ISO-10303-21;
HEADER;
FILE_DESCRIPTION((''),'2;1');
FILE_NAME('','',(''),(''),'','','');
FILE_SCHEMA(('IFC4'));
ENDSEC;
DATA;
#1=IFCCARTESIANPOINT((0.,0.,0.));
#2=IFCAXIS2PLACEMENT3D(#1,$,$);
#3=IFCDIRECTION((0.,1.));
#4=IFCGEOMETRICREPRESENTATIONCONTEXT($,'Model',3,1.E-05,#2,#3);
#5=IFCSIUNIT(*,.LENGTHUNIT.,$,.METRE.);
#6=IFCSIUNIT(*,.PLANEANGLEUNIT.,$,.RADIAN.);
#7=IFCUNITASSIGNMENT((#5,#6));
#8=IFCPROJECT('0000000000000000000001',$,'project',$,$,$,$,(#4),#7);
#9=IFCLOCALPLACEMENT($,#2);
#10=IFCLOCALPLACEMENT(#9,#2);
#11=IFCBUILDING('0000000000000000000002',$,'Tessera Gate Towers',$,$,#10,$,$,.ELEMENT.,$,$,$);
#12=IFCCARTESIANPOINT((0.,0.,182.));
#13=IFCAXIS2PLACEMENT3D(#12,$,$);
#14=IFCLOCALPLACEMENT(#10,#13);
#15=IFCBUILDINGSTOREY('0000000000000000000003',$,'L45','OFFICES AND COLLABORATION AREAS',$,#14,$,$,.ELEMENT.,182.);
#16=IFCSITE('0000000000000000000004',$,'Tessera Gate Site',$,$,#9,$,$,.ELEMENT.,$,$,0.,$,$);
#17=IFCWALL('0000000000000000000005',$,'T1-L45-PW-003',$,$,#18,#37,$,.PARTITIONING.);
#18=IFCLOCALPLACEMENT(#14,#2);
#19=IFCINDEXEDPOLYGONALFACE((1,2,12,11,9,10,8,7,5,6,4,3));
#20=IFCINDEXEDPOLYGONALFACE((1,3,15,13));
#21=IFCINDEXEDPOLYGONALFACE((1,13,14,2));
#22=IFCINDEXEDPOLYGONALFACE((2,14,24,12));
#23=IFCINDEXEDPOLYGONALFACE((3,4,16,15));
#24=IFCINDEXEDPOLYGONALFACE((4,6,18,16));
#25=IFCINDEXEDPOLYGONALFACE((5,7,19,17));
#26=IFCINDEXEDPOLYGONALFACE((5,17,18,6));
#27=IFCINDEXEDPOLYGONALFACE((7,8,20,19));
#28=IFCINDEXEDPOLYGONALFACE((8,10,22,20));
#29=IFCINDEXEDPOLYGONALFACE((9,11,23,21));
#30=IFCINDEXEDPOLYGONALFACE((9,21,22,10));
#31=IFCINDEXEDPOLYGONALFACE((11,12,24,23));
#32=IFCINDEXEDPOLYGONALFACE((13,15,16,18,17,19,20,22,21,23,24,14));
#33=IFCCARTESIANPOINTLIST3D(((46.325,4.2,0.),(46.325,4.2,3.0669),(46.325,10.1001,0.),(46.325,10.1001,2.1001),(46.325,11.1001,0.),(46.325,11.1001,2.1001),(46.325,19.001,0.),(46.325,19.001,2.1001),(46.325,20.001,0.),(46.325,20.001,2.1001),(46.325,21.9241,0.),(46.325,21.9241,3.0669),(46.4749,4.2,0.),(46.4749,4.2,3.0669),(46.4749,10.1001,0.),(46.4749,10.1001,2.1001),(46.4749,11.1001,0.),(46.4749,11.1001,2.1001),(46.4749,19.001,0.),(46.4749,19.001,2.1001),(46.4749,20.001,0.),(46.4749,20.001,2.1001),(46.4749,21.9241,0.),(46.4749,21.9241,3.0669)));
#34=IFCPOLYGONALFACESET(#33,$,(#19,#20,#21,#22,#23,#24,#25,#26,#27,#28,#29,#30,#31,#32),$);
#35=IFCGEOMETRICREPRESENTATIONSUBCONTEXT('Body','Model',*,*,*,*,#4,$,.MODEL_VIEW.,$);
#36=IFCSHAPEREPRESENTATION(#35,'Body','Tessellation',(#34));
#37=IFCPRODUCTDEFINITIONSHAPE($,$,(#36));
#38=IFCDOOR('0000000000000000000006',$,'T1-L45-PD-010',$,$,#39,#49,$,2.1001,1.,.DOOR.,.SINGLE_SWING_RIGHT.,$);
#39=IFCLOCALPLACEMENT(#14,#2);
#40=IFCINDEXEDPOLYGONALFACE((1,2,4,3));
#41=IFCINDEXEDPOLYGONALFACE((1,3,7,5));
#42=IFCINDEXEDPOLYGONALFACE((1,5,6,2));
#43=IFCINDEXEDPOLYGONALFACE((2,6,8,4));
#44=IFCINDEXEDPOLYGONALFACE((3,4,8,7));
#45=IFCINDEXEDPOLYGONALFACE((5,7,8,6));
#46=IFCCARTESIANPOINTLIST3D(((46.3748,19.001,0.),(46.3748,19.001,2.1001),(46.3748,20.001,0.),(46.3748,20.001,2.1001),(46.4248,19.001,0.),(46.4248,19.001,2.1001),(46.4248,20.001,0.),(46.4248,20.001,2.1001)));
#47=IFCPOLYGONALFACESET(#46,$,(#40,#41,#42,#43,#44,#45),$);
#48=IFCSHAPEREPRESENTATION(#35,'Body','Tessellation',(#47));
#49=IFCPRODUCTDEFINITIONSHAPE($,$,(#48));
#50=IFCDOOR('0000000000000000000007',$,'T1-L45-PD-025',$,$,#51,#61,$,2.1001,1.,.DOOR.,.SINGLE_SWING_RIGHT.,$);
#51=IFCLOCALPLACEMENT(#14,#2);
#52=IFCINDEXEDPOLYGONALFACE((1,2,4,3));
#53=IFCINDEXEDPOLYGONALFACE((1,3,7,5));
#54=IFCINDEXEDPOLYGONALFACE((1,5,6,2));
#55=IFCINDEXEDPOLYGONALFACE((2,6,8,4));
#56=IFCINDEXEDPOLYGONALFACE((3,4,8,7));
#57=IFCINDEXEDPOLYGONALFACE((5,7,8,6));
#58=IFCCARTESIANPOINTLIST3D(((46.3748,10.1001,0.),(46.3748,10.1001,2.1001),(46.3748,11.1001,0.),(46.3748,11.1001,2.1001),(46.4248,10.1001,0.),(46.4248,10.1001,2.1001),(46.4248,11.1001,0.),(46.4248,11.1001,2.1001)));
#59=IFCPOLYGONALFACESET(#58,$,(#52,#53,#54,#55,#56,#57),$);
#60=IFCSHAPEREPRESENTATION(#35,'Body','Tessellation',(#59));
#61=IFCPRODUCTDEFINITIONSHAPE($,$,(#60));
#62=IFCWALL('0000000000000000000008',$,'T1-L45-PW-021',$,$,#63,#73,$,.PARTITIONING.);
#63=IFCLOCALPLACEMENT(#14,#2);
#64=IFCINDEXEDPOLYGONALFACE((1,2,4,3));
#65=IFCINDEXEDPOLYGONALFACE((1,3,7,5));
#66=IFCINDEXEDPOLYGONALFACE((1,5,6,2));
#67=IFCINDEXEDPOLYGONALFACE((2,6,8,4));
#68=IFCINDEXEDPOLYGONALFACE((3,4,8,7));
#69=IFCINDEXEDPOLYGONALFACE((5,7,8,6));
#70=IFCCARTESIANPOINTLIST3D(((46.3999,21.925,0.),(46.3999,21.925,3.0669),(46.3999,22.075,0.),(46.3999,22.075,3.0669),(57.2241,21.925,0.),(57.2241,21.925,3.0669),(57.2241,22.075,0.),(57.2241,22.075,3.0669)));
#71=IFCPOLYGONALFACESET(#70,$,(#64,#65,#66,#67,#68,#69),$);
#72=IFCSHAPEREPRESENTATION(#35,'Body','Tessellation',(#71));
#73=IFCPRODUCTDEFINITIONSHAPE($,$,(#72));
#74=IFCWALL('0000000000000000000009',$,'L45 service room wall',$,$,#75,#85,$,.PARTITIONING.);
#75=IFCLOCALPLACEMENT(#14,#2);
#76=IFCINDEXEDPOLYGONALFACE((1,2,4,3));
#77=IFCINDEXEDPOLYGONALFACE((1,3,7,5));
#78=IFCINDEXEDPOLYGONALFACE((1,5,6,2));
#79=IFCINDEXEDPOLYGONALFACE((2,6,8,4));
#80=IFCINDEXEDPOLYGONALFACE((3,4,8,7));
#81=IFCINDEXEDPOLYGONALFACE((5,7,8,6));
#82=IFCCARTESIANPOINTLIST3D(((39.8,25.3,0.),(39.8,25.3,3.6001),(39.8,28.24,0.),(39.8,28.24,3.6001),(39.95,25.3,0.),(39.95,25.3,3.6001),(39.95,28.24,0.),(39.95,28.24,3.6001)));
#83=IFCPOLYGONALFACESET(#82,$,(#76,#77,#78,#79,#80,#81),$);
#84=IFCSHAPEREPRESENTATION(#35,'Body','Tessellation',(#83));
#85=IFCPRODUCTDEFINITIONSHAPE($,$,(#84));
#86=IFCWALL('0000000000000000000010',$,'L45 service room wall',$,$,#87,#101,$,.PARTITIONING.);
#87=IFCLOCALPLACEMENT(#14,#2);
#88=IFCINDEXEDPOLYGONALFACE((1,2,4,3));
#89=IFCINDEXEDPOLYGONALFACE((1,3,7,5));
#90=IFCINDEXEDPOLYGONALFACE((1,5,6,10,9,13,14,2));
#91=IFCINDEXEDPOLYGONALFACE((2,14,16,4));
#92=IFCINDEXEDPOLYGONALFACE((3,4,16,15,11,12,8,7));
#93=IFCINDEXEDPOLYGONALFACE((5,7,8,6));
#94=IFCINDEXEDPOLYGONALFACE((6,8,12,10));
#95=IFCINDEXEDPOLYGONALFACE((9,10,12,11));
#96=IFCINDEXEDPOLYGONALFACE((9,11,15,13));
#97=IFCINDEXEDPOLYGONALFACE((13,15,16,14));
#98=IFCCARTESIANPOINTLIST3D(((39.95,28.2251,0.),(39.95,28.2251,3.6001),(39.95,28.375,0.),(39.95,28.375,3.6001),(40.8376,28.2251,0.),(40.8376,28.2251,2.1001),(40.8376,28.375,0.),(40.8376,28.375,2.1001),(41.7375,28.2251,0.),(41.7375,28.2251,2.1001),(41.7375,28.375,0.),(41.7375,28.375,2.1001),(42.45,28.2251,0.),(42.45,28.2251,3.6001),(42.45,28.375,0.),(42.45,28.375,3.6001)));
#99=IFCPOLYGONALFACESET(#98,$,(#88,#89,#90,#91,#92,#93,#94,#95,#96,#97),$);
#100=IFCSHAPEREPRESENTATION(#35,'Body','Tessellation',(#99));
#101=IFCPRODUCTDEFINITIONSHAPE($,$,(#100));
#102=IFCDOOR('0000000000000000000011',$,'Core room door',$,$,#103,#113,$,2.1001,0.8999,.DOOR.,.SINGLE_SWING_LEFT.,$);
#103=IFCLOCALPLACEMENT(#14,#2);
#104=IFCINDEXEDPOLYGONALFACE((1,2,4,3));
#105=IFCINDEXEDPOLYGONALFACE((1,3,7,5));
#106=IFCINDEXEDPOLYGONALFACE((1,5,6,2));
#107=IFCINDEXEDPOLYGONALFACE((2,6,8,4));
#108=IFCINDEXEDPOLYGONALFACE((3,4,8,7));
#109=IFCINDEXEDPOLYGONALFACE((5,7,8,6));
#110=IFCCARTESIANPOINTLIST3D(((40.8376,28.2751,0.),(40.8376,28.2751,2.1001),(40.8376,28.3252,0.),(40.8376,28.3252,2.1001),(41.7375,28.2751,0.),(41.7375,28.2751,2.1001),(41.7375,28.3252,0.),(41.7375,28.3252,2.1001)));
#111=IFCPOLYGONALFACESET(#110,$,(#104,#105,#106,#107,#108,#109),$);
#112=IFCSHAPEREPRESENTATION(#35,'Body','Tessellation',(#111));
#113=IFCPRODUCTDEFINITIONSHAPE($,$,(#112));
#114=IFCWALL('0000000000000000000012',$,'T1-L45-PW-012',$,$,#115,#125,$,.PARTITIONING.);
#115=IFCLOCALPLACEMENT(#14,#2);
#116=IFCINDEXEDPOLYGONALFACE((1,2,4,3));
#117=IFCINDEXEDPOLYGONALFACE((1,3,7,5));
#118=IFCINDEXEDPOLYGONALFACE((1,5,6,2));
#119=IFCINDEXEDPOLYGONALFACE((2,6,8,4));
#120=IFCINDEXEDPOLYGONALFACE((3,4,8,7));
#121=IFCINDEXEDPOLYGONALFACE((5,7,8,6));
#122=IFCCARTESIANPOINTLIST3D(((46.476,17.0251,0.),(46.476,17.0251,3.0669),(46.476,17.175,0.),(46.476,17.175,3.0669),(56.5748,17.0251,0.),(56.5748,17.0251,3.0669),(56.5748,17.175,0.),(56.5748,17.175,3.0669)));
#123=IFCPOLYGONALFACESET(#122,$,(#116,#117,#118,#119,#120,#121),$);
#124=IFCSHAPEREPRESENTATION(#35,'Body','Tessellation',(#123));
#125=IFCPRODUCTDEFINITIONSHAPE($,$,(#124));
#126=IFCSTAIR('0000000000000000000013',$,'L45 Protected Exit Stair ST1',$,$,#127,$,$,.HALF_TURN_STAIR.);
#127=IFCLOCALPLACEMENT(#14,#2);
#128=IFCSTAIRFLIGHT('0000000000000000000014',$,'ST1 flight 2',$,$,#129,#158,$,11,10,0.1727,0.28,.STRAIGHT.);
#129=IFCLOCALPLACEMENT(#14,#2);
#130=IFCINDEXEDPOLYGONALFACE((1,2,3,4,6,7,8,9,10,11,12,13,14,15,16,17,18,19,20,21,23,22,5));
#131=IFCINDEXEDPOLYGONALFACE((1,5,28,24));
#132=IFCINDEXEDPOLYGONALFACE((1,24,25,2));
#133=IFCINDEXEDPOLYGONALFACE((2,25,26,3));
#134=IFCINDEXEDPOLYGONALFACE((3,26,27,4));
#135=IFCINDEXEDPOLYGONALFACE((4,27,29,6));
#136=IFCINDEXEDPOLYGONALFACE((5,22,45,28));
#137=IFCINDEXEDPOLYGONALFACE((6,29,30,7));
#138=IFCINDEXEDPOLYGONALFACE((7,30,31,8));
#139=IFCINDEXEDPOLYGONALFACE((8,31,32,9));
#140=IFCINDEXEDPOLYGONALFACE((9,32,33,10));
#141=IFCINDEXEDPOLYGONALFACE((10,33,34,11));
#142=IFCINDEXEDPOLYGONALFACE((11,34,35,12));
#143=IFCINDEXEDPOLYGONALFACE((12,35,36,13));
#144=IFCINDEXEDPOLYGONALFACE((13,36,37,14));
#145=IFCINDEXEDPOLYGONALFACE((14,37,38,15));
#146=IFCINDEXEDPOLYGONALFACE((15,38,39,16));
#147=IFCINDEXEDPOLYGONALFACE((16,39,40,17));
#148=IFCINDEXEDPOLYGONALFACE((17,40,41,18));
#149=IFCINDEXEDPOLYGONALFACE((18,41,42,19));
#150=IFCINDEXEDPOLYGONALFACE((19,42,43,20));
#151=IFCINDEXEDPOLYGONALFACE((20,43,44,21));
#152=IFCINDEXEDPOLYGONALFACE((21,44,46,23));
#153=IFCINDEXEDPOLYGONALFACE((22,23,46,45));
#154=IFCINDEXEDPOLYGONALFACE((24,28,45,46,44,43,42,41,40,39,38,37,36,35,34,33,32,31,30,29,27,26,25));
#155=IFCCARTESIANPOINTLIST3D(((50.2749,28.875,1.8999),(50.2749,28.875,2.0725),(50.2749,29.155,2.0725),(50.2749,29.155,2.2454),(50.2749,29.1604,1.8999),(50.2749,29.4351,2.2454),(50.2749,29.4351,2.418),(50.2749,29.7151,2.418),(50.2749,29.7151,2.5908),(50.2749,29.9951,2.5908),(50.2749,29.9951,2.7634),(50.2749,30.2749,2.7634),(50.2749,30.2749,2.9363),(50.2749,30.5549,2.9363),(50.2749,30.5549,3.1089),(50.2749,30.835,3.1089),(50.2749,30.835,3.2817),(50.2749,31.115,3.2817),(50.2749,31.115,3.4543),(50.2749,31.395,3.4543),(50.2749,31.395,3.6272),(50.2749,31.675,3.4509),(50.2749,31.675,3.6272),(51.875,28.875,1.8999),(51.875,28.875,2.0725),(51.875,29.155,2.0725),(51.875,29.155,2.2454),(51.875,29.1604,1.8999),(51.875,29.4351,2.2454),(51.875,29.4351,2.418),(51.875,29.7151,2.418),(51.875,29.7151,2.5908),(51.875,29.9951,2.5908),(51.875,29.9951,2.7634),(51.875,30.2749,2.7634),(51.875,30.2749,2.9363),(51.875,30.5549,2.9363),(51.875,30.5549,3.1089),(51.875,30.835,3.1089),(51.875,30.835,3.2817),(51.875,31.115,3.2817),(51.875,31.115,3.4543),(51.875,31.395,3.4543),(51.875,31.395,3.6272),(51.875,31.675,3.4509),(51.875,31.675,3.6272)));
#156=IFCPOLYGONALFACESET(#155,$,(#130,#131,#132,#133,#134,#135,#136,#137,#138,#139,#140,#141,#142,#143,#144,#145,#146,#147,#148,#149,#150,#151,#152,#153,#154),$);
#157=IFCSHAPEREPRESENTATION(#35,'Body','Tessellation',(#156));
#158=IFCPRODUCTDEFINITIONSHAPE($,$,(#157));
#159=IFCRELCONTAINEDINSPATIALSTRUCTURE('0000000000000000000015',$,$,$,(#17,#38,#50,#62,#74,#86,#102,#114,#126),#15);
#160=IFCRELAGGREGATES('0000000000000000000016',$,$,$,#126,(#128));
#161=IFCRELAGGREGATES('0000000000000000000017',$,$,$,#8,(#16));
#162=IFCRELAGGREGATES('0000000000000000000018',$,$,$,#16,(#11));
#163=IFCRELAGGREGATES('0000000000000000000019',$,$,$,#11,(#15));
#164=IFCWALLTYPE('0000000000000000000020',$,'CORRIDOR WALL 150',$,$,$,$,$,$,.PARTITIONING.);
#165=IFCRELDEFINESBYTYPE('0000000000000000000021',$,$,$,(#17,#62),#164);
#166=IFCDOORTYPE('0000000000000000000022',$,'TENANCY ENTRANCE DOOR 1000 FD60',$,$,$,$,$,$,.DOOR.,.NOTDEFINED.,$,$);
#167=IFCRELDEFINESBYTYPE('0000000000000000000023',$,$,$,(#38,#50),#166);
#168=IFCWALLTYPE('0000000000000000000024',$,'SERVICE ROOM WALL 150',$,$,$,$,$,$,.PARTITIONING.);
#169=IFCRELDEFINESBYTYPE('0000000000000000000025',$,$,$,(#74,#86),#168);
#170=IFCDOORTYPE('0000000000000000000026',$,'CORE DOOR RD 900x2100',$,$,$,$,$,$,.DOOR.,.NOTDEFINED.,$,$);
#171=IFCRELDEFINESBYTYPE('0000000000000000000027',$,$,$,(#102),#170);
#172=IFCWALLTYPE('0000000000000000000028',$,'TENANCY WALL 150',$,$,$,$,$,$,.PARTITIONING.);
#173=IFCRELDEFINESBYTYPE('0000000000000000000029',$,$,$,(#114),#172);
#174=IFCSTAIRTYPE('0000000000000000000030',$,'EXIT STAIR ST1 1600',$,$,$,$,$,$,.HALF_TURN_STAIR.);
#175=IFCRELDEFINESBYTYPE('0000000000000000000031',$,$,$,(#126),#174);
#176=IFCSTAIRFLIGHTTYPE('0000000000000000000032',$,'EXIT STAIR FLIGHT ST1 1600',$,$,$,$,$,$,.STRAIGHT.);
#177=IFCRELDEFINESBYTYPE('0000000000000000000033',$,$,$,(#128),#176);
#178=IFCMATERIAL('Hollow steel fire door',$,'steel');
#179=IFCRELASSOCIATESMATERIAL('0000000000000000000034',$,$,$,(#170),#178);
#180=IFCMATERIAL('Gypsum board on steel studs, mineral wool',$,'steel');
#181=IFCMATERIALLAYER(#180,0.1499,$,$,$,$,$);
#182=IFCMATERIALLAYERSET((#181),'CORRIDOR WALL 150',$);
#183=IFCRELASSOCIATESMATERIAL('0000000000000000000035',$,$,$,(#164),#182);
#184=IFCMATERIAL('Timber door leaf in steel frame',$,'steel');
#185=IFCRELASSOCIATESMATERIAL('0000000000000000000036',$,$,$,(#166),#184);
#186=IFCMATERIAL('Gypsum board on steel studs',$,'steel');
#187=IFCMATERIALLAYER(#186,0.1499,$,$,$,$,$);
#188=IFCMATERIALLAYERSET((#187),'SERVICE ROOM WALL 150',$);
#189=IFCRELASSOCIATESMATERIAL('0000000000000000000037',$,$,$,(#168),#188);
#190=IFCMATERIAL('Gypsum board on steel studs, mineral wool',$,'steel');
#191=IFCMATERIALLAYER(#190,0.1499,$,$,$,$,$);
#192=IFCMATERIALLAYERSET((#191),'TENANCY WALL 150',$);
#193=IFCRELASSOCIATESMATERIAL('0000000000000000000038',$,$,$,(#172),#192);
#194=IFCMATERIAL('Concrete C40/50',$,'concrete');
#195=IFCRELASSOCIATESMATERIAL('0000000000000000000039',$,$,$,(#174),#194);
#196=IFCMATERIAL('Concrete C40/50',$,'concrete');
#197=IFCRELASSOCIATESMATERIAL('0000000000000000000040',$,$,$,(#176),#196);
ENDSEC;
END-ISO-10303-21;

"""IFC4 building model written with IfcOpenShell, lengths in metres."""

from ifc_helpers import new_model, si_unit, direction, frame, frame_2d, origin, place, context, subcontext, project, spatial, polyline, rectangle, outline, extrude, source, transform, mapped, material, layer, layer_set, type_object, element, fill, aggregate, save


model = new_model("IFC4")

# Units and contexts
model_context = context("Model", 3, precision=1e-05, world=origin(), true_north=direction((0.0, 1.0)))
body_context = subcontext(model_context, "Body", "Model", "MODEL_VIEW")
ifc_project = project(units=[si_unit("LENGTHUNIT", "METRE"), si_unit("PLANEANGLEUNIT", "RADIAN")], contexts=[model_context])

# Site, building, storey
site_placement = place(None, origin())
site = spatial("IfcSite", under=ifc_project, at=site_placement, Name="Tessera Gate Site", CompositionType="ELEMENT", RefElevation=0.0)
building_placement = place(site_placement, origin())
building = spatial("IfcBuilding", under=site, at=building_placement, Name="Tessera Gate Towers", CompositionType="ELEMENT")
storey_placement = place(building_placement, frame((0.0, 0.0, 182.0)))
storey = spatial("IfcBuildingStorey", under=building, at=storey_placement, Name="L45", Description="OFFICES AND COLLABORATION AREAS", CompositionType="ELEMENT", Elevation=182.0)

# Shared definitions
ifc_material_1 = material(Name="Hollow steel fire door", Category="steel")
door_type_1 = type_object("IfcDoorType", Name="CORE DOOR RD 900x2100", OperationType="NOTDEFINED", PredefinedType="DOOR", material=ifc_material_1)
shared_shape_1 = source(origin(), body_context, "Body", "SweptSolid", [
    extrude(rectangle(XDim=0.8999, YDim=2.1001, at=frame_2d((0.45, 1.05))), frame((0.0, 0.0249, 0.0), z_axis=(0.0, -1.0, 0.0), x_axis=(1.0, 0.0, 0.0)), (0.0, 0.0, 1.0), 0.05),
])

# Wall, openings, doors
ifc_material_2 = material(Name="Gypsum board on steel studs, mineral wool", Category="steel")
ifc_layer_1 = layer(ifc_material_2, 0.1499)
ifc_layer_set_1 = layer_set([ifc_layer_1], Name="CORRIDOR WALL 150")
wall_type_1 = type_object("IfcWallType", Name="CORRIDOR WALL 150", PredefinedType="PARTITIONING", material=ifc_layer_set_1)
wall_1_placement = place(storey_placement, frame((46.3999, 21.9241, 0.0), z_axis=(0.0, 0.0, 1.0), x_axis=(0.0, -1.0, 0.0)))
wall_1 = element("IfcWall", 1, at=wall_1_placement, inside=storey, type_object=wall_type_1, Name="T1-L45-PW-003", PredefinedType="PARTITIONING", context=body_context, shape_type="SweptSolid", body=[
    extrude(rectangle(XDim=17.7241, YDim=0.1499, at=frame_2d((8.8621, 0.0))), origin(), (0.0, 0.0, 1.0), 3.0669),
])
shared_shape_2 = source(origin(), body_context, "Body", "SweptSolid", [
    extrude(rectangle(XDim=1.0, YDim=2.1001, at=frame_2d((0.5, 1.05))), frame((0.0, 0.085, 0.0), z_axis=(0.0, -1.0, 0.0), x_axis=(1.0, 0.0, 0.0)), (0.0, 0.0, 1.0), 0.1699),
])
opening_1_placement = place(wall_1_placement, frame((1.9231, 0.0, 0.0)))
opening_1 = element("IfcOpeningElement", 2, at=opening_1_placement, cuts=wall_1, PredefinedType="OPENING", context=body_context, shape_type="MappedRepresentation", body=[
    mapped(shared_shape_2, transform((0.0, 0.0, 0.0), scale=1.0)),
])
opening_2_placement = place(wall_1_placement, frame((10.824, 0.0, 0.0)))
opening_2 = element("IfcOpeningElement", 3, at=opening_2_placement, cuts=wall_1, PredefinedType="OPENING", context=body_context, shape_type="MappedRepresentation", body=[
    mapped(shared_shape_2, transform((0.0, 0.0, 0.0), scale=1.0)),
])
ifc_material_3 = material(Name="Timber door leaf in steel frame", Category="steel")
door_type_2 = type_object("IfcDoorType", Name="TENANCY ENTRANCE DOOR 1000 FD60", OperationType="NOTDEFINED", PredefinedType="DOOR", material=ifc_material_3)
shared_shape_3 = source(origin(), body_context, "Body", "SweptSolid", [
    extrude(rectangle(XDim=1.0, YDim=2.1001, at=frame_2d((0.5, 1.05))), frame((0.0, 0.0249, 0.0), z_axis=(0.0, -1.0, 0.0), x_axis=(1.0, 0.0, 0.0)), (0.0, 0.0, 1.0), 0.05),
])
door_1_placement = place(opening_1_placement, origin())
door_1 = element("IfcDoor", 4, at=door_1_placement, inside=storey, type_object=door_type_2, Name="T1-L45-PD-010", OperationType="SINGLE_SWING_RIGHT", OverallHeight=2.1001, OverallWidth=1.0, PredefinedType="DOOR", context=body_context, shape_type="MappedRepresentation", body=[
    mapped(shared_shape_3, transform((0.0, 0.0, 0.0), scale=1.0)),
])
fill(opening_1, door_1)
door_2_placement = place(opening_2_placement, origin())
door_2 = element("IfcDoor", 5, at=door_2_placement, inside=storey, type_object=door_type_2, Name="T1-L45-PD-025", OperationType="SINGLE_SWING_RIGHT", OverallHeight=2.1001, OverallWidth=1.0, PredefinedType="DOOR", context=body_context, shape_type="MappedRepresentation", body=[
    mapped(shared_shape_3, transform((0.0, 0.0, 0.0), scale=1.0)),
])
fill(opening_2, door_2)

# Walls
wall_2_placement = place(storey_placement, frame((46.3999, 22.0, 0.0), z_axis=(0.0, 0.0, 1.0), x_axis=(1.0, 0.0, 0.0)))
element("IfcWall", 6, at=wall_2_placement, inside=storey, type_object=wall_type_1, Name="T1-L45-PW-021", PredefinedType="PARTITIONING", context=body_context, shape_type="SweptSolid", body=[
    extrude(rectangle(XDim=10.8242, YDim=0.1499, at=frame_2d((5.4121, 0.0))), origin(), (0.0, 0.0, 1.0), 3.0669),
])
ifc_material_4 = material(Name="Gypsum board on steel studs", Category="steel")
ifc_layer_2 = layer(ifc_material_4, 0.1499)
ifc_layer_set_2 = layer_set([ifc_layer_2], Name="SERVICE ROOM WALL 150")
wall_type_2 = type_object("IfcWallType", Name="SERVICE ROOM WALL 150", PredefinedType="PARTITIONING", material=ifc_layer_set_2)
wall_3_placement = place(storey_placement, frame((39.875, 25.3, 0.0), z_axis=(0.0, 0.0, 1.0), x_axis=(0.0, 1.0, 0.0)))
element("IfcWall", 7, at=wall_3_placement, inside=storey, type_object=wall_type_2, Name="L45 service room wall", PredefinedType="PARTITIONING", context=body_context, shape_type="SweptSolid", body=[
    extrude(rectangle(XDim=2.9399, YDim=0.1499, at=frame_2d((1.47, 0.0))), origin(), (0.0, 0.0, 1.0), 3.6001),
])

# Wall, opening, door
wall_4_placement = place(storey_placement, frame((42.45, 28.3, 0.0), z_axis=(0.0, 0.0, 1.0), x_axis=(-1.0, 0.0, 0.0)))
wall_4 = element("IfcWall", 8, at=wall_4_placement, inside=storey, type_object=wall_type_2, Name="L45 service room wall", PredefinedType="PARTITIONING", context=body_context, shape_type="SweptSolid", body=[
    extrude(rectangle(XDim=2.5, YDim=0.1499, at=frame_2d((1.25, 0.0))), origin(), (0.0, 0.0, 1.0), 3.6001),
])
shared_shape_4 = source(origin(), body_context, "Body", "SweptSolid", [
    extrude(rectangle(XDim=0.8999, YDim=2.1001, at=frame_2d((0.45, 1.05))), frame((0.0, 0.085, 0.0), z_axis=(0.0, -1.0, 0.0), x_axis=(1.0, 0.0, 0.0)), (0.0, 0.0, 1.0), 0.1699),
])
opening_3_placement = place(wall_4_placement, frame((0.7124, 0.0, 0.0)))
opening_3 = element("IfcOpeningElement", 9, at=opening_3_placement, cuts=wall_4, PredefinedType="OPENING", context=body_context, shape_type="MappedRepresentation", body=[
    mapped(shared_shape_4, transform((0.0, 0.0, 0.0), scale=1.0)),
])
door_3_placement = place(opening_3_placement, origin())
door_3 = element("IfcDoor", 10, at=door_3_placement, inside=storey, type_object=door_type_1, Name="Core room door", OperationType="SINGLE_SWING_LEFT", OverallHeight=2.1001, OverallWidth=0.8999, PredefinedType="DOOR", context=body_context, shape_type="MappedRepresentation", body=[
    mapped(shared_shape_1, transform((0.0, 0.0, 0.0), scale=1.0)),
])
fill(opening_3, door_3)

# Wall
ifc_material_5 = material(Name="Gypsum board on steel studs, mineral wool", Category="steel")
ifc_layer_3 = layer(ifc_material_5, 0.1499)
ifc_layer_set_3 = layer_set([ifc_layer_3], Name="TENANCY WALL 150")
wall_type_3 = type_object("IfcWallType", Name="TENANCY WALL 150", PredefinedType="PARTITIONING", material=ifc_layer_set_3)
wall_5_placement = place(storey_placement, frame((46.4761, 17.1001, 0.0), z_axis=(0.0, 0.0, 1.0), x_axis=(1.0, 0.0, 0.0)))
element("IfcWall", 11, at=wall_5_placement, inside=storey, type_object=wall_type_3, Name="T1-L45-PW-012", PredefinedType="PARTITIONING", context=body_context, shape_type="SweptSolid", body=[
    extrude(rectangle(XDim=10.0989, YDim=0.1499, at=frame_2d((5.0493, 0.0))), origin(), (0.0, 0.0, 1.0), 3.0669),
])

# Stair, stair flight
ifc_material_6 = material(Name="Concrete C40/50", Category="concrete")
stair_type = type_object("IfcStairType", Name="EXIT STAIR ST1 1600", PredefinedType="HALF_TURN_STAIR", material=ifc_material_6)
stair_placement = place(storey_placement, origin())
stair = element("IfcStair", 12, at=stair_placement, inside=storey, type_object=stair_type, Name="L45 Protected Exit Stair ST1", PredefinedType="HALF_TURN_STAIR")
ifc_material_7 = material(Name="Concrete C40/50", Category="concrete")
stair_flight_type = type_object("IfcStairFlightType", Name="EXIT STAIR FLIGHT ST1 1600", PredefinedType="STRAIGHT", material=ifc_material_7)
stair_flight_placement = place(storey_placement, frame((51.075, 28.875, 1.8999), z_axis=(0.0, 0.0, 1.0), x_axis=(0.0, 1.0, 0.0)))
stair_flight = element("IfcStairFlight", 13, at=stair_flight_placement, type_object=stair_flight_type, Name="ST1 flight 2", NumberOfRisers=11, NumberOfTreads=10, PredefinedType="STRAIGHT", RiserHeight=0.1727, TreadLength=0.28, context=body_context, shape_type="SweptSolid", body=[
    extrude(outline(polyline([(0.0, 0.0), (0.0, 0.1726), (0.28, 0.1726), (0.28, 0.3455), (0.5601, 0.3455), (0.5601, 0.5181), (0.8401, 0.5181), (0.8401, 0.6909), (1.1201, 0.6909), (1.1201, 0.8635), (1.3999, 0.8635), (1.3999, 1.0364), (1.6799, 1.0364), (1.6799, 1.209), (1.96, 1.209), (1.96, 1.3818), (2.24, 1.3818), (2.24, 1.5544), (2.52, 1.5544), (2.52, 1.7273), (2.8, 1.7273), (2.8, 1.8999), (2.8, 1.551), (0.2854, 0.0), (0.0, 0.0)])), frame((0.0, 0.8, 0.0), z_axis=(0.0, -1.0, 0.0), x_axis=(1.0, 0.0, 0.0)), (0.0, 0.0, 1.0), 1.6001),
])
aggregate(stair, [stair_flight])

save(model, "model.ifc")
